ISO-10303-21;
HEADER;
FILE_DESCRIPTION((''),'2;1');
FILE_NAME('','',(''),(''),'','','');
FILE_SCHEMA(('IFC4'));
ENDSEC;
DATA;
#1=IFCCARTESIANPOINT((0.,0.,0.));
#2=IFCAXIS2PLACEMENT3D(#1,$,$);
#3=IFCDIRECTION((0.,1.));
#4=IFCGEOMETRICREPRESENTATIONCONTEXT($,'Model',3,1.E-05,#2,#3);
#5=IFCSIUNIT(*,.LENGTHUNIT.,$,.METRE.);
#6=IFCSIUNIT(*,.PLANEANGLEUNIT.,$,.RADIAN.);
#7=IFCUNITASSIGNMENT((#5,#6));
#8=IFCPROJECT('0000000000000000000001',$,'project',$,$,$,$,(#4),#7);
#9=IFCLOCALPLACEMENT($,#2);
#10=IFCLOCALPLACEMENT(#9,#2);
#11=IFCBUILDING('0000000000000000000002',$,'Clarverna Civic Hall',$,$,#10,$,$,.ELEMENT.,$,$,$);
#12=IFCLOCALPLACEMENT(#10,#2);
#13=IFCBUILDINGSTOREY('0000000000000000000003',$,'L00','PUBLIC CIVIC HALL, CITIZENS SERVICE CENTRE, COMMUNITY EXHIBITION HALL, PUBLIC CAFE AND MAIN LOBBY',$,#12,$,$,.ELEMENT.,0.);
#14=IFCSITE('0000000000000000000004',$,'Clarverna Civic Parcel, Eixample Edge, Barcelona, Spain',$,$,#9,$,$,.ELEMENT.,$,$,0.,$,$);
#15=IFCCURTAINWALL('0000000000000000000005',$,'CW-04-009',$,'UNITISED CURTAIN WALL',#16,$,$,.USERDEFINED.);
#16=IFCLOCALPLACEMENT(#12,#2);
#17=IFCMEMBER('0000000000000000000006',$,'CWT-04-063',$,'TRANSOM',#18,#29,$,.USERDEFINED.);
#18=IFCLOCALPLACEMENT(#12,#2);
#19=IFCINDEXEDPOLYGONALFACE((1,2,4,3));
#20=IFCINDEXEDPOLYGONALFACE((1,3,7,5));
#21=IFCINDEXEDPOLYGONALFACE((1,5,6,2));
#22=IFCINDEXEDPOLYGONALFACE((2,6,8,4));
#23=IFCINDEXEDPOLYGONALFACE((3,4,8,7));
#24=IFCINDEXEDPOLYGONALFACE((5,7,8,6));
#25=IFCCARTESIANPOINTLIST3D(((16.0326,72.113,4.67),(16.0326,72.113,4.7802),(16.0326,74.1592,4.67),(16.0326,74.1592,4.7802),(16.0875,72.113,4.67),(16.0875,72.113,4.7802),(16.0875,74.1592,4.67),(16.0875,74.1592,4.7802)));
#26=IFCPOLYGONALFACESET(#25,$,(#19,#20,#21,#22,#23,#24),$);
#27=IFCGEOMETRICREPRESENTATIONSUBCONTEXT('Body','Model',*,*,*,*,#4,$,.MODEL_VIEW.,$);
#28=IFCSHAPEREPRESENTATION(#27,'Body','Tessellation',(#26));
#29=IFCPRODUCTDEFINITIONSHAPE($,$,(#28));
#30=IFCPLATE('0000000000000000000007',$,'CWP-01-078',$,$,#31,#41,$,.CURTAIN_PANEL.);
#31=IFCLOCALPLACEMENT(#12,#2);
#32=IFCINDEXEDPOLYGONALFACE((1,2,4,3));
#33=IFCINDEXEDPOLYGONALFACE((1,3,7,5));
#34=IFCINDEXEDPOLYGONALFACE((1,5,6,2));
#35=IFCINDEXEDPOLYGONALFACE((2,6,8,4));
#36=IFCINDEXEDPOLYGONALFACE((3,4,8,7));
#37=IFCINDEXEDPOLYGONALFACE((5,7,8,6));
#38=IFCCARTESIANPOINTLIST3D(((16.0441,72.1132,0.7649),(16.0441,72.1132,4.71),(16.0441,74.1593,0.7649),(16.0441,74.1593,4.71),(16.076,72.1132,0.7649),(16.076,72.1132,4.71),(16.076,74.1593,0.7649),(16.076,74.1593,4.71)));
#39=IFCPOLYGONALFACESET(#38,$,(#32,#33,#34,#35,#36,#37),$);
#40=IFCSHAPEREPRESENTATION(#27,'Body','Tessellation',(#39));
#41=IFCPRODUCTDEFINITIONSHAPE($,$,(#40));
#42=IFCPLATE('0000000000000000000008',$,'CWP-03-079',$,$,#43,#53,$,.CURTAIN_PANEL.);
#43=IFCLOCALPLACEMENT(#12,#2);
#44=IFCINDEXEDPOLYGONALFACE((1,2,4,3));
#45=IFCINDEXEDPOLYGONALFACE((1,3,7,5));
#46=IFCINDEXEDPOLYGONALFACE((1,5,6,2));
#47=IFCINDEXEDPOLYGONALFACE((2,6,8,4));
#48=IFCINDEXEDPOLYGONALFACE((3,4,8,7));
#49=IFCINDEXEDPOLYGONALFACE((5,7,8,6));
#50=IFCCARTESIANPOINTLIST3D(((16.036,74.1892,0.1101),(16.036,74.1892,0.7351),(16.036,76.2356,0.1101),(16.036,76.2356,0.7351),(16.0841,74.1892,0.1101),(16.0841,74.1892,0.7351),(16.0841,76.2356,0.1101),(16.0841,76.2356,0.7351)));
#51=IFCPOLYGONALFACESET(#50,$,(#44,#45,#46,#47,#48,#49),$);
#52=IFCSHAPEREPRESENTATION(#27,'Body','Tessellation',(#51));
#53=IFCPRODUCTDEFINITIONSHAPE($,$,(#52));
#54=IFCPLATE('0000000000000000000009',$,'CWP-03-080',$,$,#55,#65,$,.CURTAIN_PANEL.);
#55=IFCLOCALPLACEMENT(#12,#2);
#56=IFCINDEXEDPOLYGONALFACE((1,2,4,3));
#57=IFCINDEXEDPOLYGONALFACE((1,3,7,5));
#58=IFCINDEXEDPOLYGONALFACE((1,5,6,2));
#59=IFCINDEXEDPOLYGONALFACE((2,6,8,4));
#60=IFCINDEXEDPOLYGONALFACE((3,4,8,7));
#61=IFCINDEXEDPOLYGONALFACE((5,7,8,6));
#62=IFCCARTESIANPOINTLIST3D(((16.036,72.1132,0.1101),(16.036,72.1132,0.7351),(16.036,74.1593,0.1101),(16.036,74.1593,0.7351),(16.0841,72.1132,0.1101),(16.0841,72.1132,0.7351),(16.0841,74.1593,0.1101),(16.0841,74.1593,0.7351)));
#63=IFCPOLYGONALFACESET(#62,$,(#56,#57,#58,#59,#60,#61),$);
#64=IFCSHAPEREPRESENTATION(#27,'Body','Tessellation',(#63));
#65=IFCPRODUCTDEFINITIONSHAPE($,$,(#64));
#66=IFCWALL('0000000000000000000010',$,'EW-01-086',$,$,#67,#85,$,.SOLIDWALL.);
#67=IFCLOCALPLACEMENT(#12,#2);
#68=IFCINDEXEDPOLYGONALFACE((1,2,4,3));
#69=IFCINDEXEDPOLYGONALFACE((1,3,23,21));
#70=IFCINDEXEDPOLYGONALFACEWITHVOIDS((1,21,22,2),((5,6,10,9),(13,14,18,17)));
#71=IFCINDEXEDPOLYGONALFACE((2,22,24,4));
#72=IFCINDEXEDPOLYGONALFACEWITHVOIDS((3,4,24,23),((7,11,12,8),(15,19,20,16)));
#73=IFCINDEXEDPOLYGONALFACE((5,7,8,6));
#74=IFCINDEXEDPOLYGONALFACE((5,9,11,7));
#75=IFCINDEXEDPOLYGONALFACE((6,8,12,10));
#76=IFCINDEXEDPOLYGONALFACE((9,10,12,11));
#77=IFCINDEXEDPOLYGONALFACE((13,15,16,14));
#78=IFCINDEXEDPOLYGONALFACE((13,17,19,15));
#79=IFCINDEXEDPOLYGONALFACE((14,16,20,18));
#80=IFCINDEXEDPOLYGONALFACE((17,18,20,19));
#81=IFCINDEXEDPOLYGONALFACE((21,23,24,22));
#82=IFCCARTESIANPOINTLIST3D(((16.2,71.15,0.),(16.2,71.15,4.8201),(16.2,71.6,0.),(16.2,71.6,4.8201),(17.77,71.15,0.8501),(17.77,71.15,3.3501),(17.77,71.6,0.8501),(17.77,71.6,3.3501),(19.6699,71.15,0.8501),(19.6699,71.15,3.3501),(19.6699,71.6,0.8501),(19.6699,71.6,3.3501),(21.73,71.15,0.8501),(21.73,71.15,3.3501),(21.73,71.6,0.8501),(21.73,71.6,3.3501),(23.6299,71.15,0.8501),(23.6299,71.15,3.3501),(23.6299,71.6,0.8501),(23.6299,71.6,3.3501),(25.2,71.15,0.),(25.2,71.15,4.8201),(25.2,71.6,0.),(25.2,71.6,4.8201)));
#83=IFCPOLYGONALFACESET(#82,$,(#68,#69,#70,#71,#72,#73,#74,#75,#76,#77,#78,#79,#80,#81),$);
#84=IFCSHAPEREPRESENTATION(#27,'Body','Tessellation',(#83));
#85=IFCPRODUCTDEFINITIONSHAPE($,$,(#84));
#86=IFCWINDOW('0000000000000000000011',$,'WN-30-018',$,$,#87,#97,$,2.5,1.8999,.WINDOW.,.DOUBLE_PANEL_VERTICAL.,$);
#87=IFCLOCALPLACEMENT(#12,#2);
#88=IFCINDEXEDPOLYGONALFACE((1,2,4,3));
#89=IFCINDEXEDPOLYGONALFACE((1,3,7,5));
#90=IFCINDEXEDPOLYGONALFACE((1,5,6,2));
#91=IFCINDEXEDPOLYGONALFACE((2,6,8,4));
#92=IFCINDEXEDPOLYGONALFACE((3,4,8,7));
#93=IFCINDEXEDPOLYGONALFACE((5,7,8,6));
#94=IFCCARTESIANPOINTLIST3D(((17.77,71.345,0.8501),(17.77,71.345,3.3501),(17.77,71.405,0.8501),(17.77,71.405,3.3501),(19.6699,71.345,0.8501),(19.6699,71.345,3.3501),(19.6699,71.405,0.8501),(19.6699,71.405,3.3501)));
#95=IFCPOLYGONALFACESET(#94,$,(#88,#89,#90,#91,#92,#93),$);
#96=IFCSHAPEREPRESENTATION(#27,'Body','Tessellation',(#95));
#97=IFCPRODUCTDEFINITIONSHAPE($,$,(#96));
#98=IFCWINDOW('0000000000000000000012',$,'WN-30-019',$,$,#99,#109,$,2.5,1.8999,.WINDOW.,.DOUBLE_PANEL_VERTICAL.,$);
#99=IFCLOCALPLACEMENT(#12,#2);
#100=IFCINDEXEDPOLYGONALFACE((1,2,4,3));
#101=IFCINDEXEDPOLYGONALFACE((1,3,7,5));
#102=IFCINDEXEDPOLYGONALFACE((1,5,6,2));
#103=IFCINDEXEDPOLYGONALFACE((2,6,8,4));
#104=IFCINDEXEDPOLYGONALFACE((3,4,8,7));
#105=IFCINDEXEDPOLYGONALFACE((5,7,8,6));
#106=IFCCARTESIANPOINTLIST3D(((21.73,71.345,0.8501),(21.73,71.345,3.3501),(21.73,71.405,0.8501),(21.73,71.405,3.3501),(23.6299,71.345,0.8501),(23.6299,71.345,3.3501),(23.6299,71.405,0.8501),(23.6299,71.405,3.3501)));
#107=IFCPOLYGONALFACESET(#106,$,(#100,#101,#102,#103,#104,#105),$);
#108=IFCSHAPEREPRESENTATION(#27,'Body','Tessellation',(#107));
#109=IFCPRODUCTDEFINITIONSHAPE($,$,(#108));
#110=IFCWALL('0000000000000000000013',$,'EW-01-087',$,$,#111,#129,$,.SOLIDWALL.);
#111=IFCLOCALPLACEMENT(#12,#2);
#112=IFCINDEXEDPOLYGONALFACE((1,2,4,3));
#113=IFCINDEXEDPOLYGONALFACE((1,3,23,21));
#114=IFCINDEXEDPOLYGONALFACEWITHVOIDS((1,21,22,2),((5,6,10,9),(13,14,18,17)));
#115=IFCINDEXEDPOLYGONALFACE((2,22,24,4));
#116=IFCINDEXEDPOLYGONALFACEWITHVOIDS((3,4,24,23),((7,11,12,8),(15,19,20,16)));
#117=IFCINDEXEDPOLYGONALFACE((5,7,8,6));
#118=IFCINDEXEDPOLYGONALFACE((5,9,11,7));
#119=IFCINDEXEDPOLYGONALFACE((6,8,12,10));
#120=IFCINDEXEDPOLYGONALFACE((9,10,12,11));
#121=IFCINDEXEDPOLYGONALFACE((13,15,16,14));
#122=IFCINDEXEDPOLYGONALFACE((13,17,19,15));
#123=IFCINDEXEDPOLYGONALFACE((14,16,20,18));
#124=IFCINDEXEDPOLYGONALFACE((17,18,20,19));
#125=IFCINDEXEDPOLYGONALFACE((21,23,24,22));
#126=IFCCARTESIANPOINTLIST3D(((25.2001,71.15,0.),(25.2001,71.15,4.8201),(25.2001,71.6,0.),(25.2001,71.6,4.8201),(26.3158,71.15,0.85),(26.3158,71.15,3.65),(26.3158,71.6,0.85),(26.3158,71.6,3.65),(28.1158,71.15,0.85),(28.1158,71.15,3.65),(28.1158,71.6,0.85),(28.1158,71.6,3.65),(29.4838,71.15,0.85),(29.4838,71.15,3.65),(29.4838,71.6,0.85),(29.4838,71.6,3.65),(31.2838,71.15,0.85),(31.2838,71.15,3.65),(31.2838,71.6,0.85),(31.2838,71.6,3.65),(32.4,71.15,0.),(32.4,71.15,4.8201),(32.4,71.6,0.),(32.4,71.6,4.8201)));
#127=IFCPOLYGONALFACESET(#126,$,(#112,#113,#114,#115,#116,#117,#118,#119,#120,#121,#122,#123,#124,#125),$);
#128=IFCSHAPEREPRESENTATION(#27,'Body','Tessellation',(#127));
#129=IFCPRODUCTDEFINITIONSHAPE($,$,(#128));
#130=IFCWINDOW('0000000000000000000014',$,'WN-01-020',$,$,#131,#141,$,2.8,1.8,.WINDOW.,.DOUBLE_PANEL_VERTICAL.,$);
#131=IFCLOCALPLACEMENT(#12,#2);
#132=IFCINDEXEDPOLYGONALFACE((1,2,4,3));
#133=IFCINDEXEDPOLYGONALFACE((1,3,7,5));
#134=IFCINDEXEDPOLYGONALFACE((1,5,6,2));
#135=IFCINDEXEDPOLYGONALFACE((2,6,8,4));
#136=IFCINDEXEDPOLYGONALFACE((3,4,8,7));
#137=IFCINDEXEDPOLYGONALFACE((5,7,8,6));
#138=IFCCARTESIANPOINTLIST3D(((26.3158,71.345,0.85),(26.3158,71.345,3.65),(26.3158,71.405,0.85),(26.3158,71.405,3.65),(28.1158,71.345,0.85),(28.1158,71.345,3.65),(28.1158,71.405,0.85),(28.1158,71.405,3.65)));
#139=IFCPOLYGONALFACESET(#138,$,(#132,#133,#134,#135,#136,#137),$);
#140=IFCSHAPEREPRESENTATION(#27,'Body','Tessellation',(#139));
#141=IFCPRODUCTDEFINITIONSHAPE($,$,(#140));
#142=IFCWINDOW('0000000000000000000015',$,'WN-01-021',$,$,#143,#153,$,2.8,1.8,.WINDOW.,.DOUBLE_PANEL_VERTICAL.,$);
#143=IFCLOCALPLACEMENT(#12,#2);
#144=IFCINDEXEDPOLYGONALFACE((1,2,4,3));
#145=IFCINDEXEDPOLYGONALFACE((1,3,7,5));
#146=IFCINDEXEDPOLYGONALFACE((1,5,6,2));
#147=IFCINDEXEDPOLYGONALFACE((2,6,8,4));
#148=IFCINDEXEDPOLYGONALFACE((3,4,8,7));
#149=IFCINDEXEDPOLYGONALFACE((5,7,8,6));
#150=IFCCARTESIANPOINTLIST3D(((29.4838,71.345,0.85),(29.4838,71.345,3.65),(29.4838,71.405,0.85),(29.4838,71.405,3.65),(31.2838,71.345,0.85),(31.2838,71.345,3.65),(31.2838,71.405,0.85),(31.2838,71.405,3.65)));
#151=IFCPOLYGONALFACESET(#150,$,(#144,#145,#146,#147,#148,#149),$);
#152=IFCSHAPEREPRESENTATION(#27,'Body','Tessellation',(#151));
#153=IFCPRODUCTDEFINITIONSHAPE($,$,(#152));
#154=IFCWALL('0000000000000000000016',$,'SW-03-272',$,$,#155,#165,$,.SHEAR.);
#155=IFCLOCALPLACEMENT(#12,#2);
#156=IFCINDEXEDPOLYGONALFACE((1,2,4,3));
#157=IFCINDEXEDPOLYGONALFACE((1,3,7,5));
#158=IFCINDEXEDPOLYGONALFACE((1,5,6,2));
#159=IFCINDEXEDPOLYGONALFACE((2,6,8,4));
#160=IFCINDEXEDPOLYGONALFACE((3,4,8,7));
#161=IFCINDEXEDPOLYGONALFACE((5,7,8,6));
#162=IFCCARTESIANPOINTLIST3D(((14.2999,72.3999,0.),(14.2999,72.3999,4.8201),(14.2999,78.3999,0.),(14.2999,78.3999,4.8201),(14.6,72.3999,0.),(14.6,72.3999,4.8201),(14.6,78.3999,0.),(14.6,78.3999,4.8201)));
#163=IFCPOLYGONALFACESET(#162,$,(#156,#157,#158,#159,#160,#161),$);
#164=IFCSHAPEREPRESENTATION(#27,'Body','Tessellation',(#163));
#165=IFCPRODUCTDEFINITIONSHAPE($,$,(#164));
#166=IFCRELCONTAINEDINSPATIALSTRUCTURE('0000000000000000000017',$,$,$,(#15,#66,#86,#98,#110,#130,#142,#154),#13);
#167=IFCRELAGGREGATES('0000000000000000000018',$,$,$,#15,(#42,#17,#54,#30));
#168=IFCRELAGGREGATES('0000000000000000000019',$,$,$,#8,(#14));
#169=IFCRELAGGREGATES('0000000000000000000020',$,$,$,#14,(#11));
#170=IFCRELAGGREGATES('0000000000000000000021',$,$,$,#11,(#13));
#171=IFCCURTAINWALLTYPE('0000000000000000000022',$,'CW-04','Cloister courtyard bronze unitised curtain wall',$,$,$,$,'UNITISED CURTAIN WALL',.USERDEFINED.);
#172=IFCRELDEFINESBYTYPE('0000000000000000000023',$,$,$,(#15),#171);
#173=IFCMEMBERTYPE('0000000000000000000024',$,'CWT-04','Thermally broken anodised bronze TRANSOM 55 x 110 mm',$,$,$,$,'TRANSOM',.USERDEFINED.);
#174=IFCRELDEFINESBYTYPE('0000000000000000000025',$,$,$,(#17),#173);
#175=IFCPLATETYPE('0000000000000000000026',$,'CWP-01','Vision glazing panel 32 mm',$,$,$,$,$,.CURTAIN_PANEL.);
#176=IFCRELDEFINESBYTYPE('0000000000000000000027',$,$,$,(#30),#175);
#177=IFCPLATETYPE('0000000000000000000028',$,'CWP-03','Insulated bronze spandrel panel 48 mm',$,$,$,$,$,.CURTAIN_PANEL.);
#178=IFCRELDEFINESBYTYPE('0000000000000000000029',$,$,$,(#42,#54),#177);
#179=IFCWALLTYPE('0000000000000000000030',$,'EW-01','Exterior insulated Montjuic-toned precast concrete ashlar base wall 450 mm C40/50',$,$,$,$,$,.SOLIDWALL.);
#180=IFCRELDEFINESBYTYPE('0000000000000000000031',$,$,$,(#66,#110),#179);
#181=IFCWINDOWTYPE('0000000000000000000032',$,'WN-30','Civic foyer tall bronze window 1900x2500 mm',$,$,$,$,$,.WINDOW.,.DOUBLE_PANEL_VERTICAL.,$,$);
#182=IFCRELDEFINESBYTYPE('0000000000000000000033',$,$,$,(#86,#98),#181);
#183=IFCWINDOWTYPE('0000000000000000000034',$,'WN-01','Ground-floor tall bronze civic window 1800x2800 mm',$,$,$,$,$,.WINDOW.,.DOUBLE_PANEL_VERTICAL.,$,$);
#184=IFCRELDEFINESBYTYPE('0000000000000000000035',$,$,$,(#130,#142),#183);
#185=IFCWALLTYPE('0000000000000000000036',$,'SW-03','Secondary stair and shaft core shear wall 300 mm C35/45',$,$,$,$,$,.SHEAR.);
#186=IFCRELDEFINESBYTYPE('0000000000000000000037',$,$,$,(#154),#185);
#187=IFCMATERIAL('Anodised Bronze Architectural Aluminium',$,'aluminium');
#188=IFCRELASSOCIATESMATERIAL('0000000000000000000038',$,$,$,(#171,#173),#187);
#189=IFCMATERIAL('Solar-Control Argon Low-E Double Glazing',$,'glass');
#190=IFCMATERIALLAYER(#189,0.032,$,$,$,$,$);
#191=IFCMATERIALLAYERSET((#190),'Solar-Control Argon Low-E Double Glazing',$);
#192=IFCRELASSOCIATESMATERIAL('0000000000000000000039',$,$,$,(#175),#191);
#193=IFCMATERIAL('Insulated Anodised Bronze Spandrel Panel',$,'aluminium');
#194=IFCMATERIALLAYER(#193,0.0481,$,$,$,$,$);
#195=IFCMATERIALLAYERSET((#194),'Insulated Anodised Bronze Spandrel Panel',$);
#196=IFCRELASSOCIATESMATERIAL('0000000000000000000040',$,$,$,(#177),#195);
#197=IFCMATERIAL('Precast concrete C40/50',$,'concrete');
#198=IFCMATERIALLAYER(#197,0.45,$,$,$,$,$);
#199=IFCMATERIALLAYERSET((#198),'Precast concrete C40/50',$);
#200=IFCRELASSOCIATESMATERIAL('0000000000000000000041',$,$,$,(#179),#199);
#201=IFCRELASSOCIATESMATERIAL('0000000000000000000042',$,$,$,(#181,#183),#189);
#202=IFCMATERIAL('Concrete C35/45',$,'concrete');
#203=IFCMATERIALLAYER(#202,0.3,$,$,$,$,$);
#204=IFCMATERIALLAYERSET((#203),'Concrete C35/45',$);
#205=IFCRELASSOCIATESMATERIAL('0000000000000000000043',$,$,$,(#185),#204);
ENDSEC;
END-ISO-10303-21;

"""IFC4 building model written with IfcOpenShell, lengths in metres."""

from ifc_helpers import new_model, si_unit, direction, frame, frame_2d, origin, origin_2d, place, context, subcontext, project, spatial, rectangle, extrude, material, layer, layer_set, material_profile, profile_set, type_object, element, fill, aggregate, save


model = new_model("IFC4")

# Units and contexts
model_context = context("Model", 3, precision=1e-05, world=origin(), true_north=direction((0.0, 1.0)))
body_context = subcontext(model_context, "Body", "Model", "MODEL_VIEW")
ifc_project = project(units=[si_unit("LENGTHUNIT", "METRE"), si_unit("PLANEANGLEUNIT", "RADIAN")], contexts=[model_context])

# Site, building, storey
site_placement = place(None, origin())
site = spatial("IfcSite", under=ifc_project, at=site_placement, Name="Clarverna Civic Parcel, Eixample Edge, Barcelona, Spain", CompositionType="ELEMENT", RefElevation=0.0)
building_placement = place(site_placement, origin())
building = spatial("IfcBuilding", under=site, at=building_placement, Name="Clarverna Civic Hall", CompositionType="ELEMENT")
storey_placement = place(building_placement, origin())
storey = spatial("IfcBuildingStorey", under=building, at=storey_placement, Name="L00", Description="PUBLIC CIVIC HALL, CITIZENS SERVICE CENTRE, COMMUNITY EXHIBITION HALL, PUBLIC CAFE AND MAIN LOBBY", CompositionType="ELEMENT", Elevation=0.0)

# Shared definitions
ifc_material_1 = material(Name="Concrete C35/45", Category="concrete")

# Curtain wall, member, plates
ifc_material_2 = material(Name="Anodised Bronze Architectural Aluminium", Category="aluminium")
curtain_wall_type = type_object("IfcCurtainWallType", Name="CW-04", Description="Cloister courtyard bronze unitised curtain wall", ElementType="UNITISED CURTAIN WALL", PredefinedType="USERDEFINED", material=ifc_material_2)
curtain_wall_placement = place(storey_placement, origin())
curtain_wall = element("IfcCurtainWall", 1, at=curtain_wall_placement, inside=storey, type_object=curtain_wall_type, Name="CW-04-009", ObjectType="UNITISED CURTAIN WALL", PredefinedType="USERDEFINED")
ifc_material_profile_1 = material_profile(ifc_material_2, rectangle(XDim=0.0549, YDim=0.1101, at=origin_2d()), Name="BRONZE 55x110")
ifc_profile_set_1 = profile_set([ifc_material_profile_1], Name="Anodised Bronze Architectural Aluminium")
member_type_1 = type_object("IfcMemberType", Name="CWT-04", Description="Thermally broken anodised bronze TRANSOM 55 x 110 mm", ElementType="TRANSOM", PredefinedType="USERDEFINED", material=ifc_profile_set_1)
member_1_placement = place(storey_placement, frame((16.0601, 74.1592, 4.7251), z_axis=(0.0, -1.0, 0.0), x_axis=(1.0, 0.0, 0.0)))
member_1 = element("IfcMember", 2, at=member_1_placement, type_object=member_type_1, Name="CWT-04-063", ObjectType="TRANSOM", PredefinedType="USERDEFINED", context=body_context, shape_type="SweptSolid", body=[
    extrude(rectangle(XDim=0.0549, YDim=0.1101, at=origin_2d()), origin(), (0.0, 0.0, 1.0), 2.0461),
])
ifc_material_3 = material(Name="Solar-Control Argon Low-E Double Glazing", Category="glass")
ifc_layer_1 = layer(ifc_material_3, 0.032)
ifc_layer_set_1 = layer_set([ifc_layer_1], Name="Solar-Control Argon Low-E Double Glazing")
plate_type_1 = type_object("IfcPlateType", Name="CWP-01", Description="Vision glazing panel 32 mm", PredefinedType="CURTAIN_PANEL", material=ifc_layer_set_1)
plate_1_placement = place(storey_placement, frame((16.0601, 74.1592, 0.7649), z_axis=(0.0, 0.0, 1.0), x_axis=(0.0, -1.0, 0.0)))
plate_1 = element("IfcPlate", 3, at=plate_1_placement, type_object=plate_type_1, Name="CWP-01-078", PredefinedType="CURTAIN_PANEL", context=body_context, shape_type="SweptSolid", body=[
    extrude(rectangle(XDim=2.0461, YDim=0.032, at=frame_2d((1.0229, 0.0))), origin(), (0.0, 0.0, 1.0), 3.9451),
])
ifc_material_4 = material(Name="Insulated Anodised Bronze Spandrel Panel", Category="aluminium")
ifc_layer_2 = layer(ifc_material_4, 0.0481)
ifc_layer_set_2 = layer_set([ifc_layer_2], Name="Insulated Anodised Bronze Spandrel Panel")
plate_type_2 = type_object("IfcPlateType", Name="CWP-03", Description="Insulated bronze spandrel panel 48 mm", PredefinedType="CURTAIN_PANEL", material=ifc_layer_set_2)
plate_2_placement = place(storey_placement, frame((16.0601, 76.2356, 0.1101), z_axis=(0.0, 0.0, 1.0), x_axis=(0.0, -1.0, 0.0)))
plate_2 = element("IfcPlate", 4, at=plate_2_placement, type_object=plate_type_2, Name="CWP-03-079", PredefinedType="CURTAIN_PANEL", context=body_context, shape_type="SweptSolid", body=[
    extrude(rectangle(XDim=2.0464, YDim=0.0481, at=frame_2d((1.0232, 0.0))), origin(), (0.0, 0.0, 1.0), 0.625),
])
plate_3_placement = place(storey_placement, frame((16.0601, 74.1592, 0.1101), z_axis=(0.0, 0.0, 1.0), x_axis=(0.0, -1.0, 0.0)))
plate_3 = element("IfcPlate", 5, at=plate_3_placement, type_object=plate_type_2, Name="CWP-03-080", PredefinedType="CURTAIN_PANEL", context=body_context, shape_type="SweptSolid", body=[
    extrude(rectangle(XDim=2.0461, YDim=0.0481, at=frame_2d((1.0229, 0.0))), origin(), (0.0, 0.0, 1.0), 0.625),
])
aggregate(curtain_wall, [plate_2, member_1, plate_3, plate_1])

# Walls, openings, windows
ifc_material_5 = material(Name="Precast concrete C40/50", Category="concrete")
ifc_layer_3 = layer(ifc_material_5, 0.45)
ifc_layer_set_3 = layer_set([ifc_layer_3], Name="Precast concrete C40/50")
wall_type_1 = type_object("IfcWallType", Name="EW-01", Description="Exterior insulated Montjuic-toned precast concrete ashlar base wall 450 mm C40/50", PredefinedType="SOLIDWALL", material=ifc_layer_set_3)
wall_1_placement = place(storey_placement, frame((16.2, 71.375, 0.0), z_axis=(0.0, 0.0, 1.0), x_axis=(1.0, 0.0, 0.0)))
wall_1 = element("IfcWall", 6, at=wall_1_placement, inside=storey, type_object=wall_type_1, Name="EW-01-086", PredefinedType="SOLIDWALL", context=body_context, shape_type="SweptSolid", body=[
    extrude(rectangle(XDim=9.0, YDim=0.45, at=frame_2d((4.5, 0.0))), origin(), (0.0, 0.0, 1.0), 4.8201),
])
opening_1_placement = place(wall_1_placement, frame((1.5701, 0.0, 0.8501)))
opening_1 = element("IfcOpeningElement", 7, at=opening_1_placement, cuts=wall_1, PredefinedType="OPENING", context=body_context, shape_type="SweptSolid", body=[
    extrude(rectangle(XDim=1.8999, YDim=2.5, at=frame_2d((0.95, 1.25))), frame((0.0, 0.2349, 0.0), z_axis=(0.0, -1.0, 0.0), x_axis=(1.0, 0.0, 0.0)), (0.0, 0.0, 1.0), 0.47),
])
opening_2_placement = place(wall_1_placement, frame((5.53, 0.0, 0.8501)))
opening_2 = element("IfcOpeningElement", 8, at=opening_2_placement, cuts=wall_1, PredefinedType="OPENING", context=body_context, shape_type="SweptSolid", body=[
    extrude(rectangle(XDim=1.8999, YDim=2.5, at=frame_2d((0.95, 1.25))), frame((0.0, 0.2349, 0.0), z_axis=(0.0, -1.0, 0.0), x_axis=(1.0, 0.0, 0.0)), (0.0, 0.0, 1.0), 0.47),
])
window_type_1 = type_object("IfcWindowType", Name="WN-30", Description="Civic foyer tall bronze window 1900x2500 mm", PartitioningType="DOUBLE_PANEL_VERTICAL", PredefinedType="WINDOW", material=ifc_material_3)
window_1_placement = place(opening_1_placement, origin())
window_1 = element("IfcWindow", 9, at=window_1_placement, inside=storey, type_object=window_type_1, Name="WN-30-018", OverallHeight=2.5, OverallWidth=1.8999, PartitioningType="DOUBLE_PANEL_VERTICAL", PredefinedType="WINDOW", context=body_context, shape_type="SweptSolid", body=[
    extrude(rectangle(XDim=1.8999, YDim=2.5, at=frame_2d((0.95, 1.25))), frame((0.0, 0.03, 0.0), z_axis=(0.0, -1.0, 0.0), x_axis=(1.0, 0.0, 0.0)), (0.0, 0.0, 1.0), 0.0601),
])
fill(opening_1, window_1)
window_2_placement = place(opening_2_placement, origin())
window_2 = element("IfcWindow", 10, at=window_2_placement, inside=storey, type_object=window_type_1, Name="WN-30-019", OverallHeight=2.5, OverallWidth=1.8999, PartitioningType="DOUBLE_PANEL_VERTICAL", PredefinedType="WINDOW", context=body_context, shape_type="SweptSolid", body=[
    extrude(rectangle(XDim=1.8999, YDim=2.5, at=frame_2d((0.95, 1.25))), frame((0.0, 0.03, 0.0), z_axis=(0.0, -1.0, 0.0), x_axis=(1.0, 0.0, 0.0)), (0.0, 0.0, 1.0), 0.0601),
])
fill(opening_2, window_2)
wall_2_placement = place(storey_placement, frame((25.2, 71.375, 0.0), z_axis=(0.0, 0.0, 1.0), x_axis=(1.0, 0.0, 0.0)))
wall_2 = element("IfcWall", 11, at=wall_2_placement, inside=storey, type_object=wall_type_1, Name="EW-01-087", PredefinedType="SOLIDWALL", context=body_context, shape_type="SweptSolid", body=[
    extrude(rectangle(XDim=7.2, YDim=0.45, at=frame_2d((3.6001, 0.0))), origin(), (0.0, 0.0, 1.0), 4.8201),
])
opening_3_placement = place(wall_2_placement, frame((1.116, 0.0, 0.8501)))
opening_3 = element("IfcOpeningElement", 12, at=opening_3_placement, cuts=wall_2, PredefinedType="OPENING", context=body_context, shape_type="SweptSolid", body=[
    extrude(rectangle(XDim=1.8, YDim=2.8, at=frame_2d((0.8999, 1.3999))), frame((0.0, 0.2349, 0.0), z_axis=(0.0, -1.0, 0.0), x_axis=(1.0, 0.0, 0.0)), (0.0, 0.0, 1.0), 0.47),
])
opening_4_placement = place(wall_2_placement, frame((4.2839, 0.0, 0.8501)))
opening_4 = element("IfcOpeningElement", 13, at=opening_4_placement, cuts=wall_2, PredefinedType="OPENING", context=body_context, shape_type="SweptSolid", body=[
    extrude(rectangle(XDim=1.8, YDim=2.8, at=frame_2d((0.8999, 1.3999))), frame((0.0, 0.2349, 0.0), z_axis=(0.0, -1.0, 0.0), x_axis=(1.0, 0.0, 0.0)), (0.0, 0.0, 1.0), 0.47),
])
window_type_2 = type_object("IfcWindowType", Name="WN-01", Description="Ground-floor tall bronze civic window 1800x2800 mm", PartitioningType="DOUBLE_PANEL_VERTICAL", PredefinedType="WINDOW", material=ifc_material_3)
window_3_placement = place(opening_3_placement, origin())
window_3 = element("IfcWindow", 14, at=window_3_placement, inside=storey, type_object=window_type_2, Name="WN-01-020", OverallHeight=2.8, OverallWidth=1.8, PartitioningType="DOUBLE_PANEL_VERTICAL", PredefinedType="WINDOW", context=body_context, shape_type="SweptSolid", body=[
    extrude(rectangle(XDim=1.8, YDim=2.8, at=frame_2d((0.8999, 1.3999))), frame((0.0, 0.03, 0.0), z_axis=(0.0, -1.0, 0.0), x_axis=(1.0, 0.0, 0.0)), (0.0, 0.0, 1.0), 0.0601),
])
fill(opening_3, window_3)
window_4_placement = place(opening_4_placement, origin())
window_4 = element("IfcWindow", 15, at=window_4_placement, inside=storey, type_object=window_type_2, Name="WN-01-021", OverallHeight=2.8, OverallWidth=1.8, PartitioningType="DOUBLE_PANEL_VERTICAL", PredefinedType="WINDOW", context=body_context, shape_type="SweptSolid", body=[
    extrude(rectangle(XDim=1.8, YDim=2.8, at=frame_2d((0.8999, 1.3999))), frame((0.0, 0.03, 0.0), z_axis=(0.0, -1.0, 0.0), x_axis=(1.0, 0.0, 0.0)), (0.0, 0.0, 1.0), 0.0601),
])
fill(opening_4, window_4)

# Wall
ifc_layer_4 = layer(ifc_material_1, 0.3)
ifc_layer_set_4 = layer_set([ifc_layer_4], Name="Concrete C35/45")
wall_type_2 = type_object("IfcWallType", Name="SW-03", Description="Secondary stair and shaft core shear wall 300 mm C35/45", PredefinedType="SHEAR", material=ifc_layer_set_4)
wall_3_placement = place(storey_placement, frame((14.45, 72.3999, 0.0), z_axis=(0.0, 0.0, 1.0), x_axis=(0.0, 1.0, 0.0)))
element("IfcWall", 16, at=wall_3_placement, inside=storey, type_object=wall_type_2, Name="SW-03-272", PredefinedType="SHEAR", context=body_context, shape_type="SweptSolid", body=[
    extrude(rectangle(XDim=6.0, YDim=0.3, at=frame_2d((3.0, 0.0))), origin(), (0.0, 0.0, 1.0), 4.8201),
])

save(model, "model.ifc")
